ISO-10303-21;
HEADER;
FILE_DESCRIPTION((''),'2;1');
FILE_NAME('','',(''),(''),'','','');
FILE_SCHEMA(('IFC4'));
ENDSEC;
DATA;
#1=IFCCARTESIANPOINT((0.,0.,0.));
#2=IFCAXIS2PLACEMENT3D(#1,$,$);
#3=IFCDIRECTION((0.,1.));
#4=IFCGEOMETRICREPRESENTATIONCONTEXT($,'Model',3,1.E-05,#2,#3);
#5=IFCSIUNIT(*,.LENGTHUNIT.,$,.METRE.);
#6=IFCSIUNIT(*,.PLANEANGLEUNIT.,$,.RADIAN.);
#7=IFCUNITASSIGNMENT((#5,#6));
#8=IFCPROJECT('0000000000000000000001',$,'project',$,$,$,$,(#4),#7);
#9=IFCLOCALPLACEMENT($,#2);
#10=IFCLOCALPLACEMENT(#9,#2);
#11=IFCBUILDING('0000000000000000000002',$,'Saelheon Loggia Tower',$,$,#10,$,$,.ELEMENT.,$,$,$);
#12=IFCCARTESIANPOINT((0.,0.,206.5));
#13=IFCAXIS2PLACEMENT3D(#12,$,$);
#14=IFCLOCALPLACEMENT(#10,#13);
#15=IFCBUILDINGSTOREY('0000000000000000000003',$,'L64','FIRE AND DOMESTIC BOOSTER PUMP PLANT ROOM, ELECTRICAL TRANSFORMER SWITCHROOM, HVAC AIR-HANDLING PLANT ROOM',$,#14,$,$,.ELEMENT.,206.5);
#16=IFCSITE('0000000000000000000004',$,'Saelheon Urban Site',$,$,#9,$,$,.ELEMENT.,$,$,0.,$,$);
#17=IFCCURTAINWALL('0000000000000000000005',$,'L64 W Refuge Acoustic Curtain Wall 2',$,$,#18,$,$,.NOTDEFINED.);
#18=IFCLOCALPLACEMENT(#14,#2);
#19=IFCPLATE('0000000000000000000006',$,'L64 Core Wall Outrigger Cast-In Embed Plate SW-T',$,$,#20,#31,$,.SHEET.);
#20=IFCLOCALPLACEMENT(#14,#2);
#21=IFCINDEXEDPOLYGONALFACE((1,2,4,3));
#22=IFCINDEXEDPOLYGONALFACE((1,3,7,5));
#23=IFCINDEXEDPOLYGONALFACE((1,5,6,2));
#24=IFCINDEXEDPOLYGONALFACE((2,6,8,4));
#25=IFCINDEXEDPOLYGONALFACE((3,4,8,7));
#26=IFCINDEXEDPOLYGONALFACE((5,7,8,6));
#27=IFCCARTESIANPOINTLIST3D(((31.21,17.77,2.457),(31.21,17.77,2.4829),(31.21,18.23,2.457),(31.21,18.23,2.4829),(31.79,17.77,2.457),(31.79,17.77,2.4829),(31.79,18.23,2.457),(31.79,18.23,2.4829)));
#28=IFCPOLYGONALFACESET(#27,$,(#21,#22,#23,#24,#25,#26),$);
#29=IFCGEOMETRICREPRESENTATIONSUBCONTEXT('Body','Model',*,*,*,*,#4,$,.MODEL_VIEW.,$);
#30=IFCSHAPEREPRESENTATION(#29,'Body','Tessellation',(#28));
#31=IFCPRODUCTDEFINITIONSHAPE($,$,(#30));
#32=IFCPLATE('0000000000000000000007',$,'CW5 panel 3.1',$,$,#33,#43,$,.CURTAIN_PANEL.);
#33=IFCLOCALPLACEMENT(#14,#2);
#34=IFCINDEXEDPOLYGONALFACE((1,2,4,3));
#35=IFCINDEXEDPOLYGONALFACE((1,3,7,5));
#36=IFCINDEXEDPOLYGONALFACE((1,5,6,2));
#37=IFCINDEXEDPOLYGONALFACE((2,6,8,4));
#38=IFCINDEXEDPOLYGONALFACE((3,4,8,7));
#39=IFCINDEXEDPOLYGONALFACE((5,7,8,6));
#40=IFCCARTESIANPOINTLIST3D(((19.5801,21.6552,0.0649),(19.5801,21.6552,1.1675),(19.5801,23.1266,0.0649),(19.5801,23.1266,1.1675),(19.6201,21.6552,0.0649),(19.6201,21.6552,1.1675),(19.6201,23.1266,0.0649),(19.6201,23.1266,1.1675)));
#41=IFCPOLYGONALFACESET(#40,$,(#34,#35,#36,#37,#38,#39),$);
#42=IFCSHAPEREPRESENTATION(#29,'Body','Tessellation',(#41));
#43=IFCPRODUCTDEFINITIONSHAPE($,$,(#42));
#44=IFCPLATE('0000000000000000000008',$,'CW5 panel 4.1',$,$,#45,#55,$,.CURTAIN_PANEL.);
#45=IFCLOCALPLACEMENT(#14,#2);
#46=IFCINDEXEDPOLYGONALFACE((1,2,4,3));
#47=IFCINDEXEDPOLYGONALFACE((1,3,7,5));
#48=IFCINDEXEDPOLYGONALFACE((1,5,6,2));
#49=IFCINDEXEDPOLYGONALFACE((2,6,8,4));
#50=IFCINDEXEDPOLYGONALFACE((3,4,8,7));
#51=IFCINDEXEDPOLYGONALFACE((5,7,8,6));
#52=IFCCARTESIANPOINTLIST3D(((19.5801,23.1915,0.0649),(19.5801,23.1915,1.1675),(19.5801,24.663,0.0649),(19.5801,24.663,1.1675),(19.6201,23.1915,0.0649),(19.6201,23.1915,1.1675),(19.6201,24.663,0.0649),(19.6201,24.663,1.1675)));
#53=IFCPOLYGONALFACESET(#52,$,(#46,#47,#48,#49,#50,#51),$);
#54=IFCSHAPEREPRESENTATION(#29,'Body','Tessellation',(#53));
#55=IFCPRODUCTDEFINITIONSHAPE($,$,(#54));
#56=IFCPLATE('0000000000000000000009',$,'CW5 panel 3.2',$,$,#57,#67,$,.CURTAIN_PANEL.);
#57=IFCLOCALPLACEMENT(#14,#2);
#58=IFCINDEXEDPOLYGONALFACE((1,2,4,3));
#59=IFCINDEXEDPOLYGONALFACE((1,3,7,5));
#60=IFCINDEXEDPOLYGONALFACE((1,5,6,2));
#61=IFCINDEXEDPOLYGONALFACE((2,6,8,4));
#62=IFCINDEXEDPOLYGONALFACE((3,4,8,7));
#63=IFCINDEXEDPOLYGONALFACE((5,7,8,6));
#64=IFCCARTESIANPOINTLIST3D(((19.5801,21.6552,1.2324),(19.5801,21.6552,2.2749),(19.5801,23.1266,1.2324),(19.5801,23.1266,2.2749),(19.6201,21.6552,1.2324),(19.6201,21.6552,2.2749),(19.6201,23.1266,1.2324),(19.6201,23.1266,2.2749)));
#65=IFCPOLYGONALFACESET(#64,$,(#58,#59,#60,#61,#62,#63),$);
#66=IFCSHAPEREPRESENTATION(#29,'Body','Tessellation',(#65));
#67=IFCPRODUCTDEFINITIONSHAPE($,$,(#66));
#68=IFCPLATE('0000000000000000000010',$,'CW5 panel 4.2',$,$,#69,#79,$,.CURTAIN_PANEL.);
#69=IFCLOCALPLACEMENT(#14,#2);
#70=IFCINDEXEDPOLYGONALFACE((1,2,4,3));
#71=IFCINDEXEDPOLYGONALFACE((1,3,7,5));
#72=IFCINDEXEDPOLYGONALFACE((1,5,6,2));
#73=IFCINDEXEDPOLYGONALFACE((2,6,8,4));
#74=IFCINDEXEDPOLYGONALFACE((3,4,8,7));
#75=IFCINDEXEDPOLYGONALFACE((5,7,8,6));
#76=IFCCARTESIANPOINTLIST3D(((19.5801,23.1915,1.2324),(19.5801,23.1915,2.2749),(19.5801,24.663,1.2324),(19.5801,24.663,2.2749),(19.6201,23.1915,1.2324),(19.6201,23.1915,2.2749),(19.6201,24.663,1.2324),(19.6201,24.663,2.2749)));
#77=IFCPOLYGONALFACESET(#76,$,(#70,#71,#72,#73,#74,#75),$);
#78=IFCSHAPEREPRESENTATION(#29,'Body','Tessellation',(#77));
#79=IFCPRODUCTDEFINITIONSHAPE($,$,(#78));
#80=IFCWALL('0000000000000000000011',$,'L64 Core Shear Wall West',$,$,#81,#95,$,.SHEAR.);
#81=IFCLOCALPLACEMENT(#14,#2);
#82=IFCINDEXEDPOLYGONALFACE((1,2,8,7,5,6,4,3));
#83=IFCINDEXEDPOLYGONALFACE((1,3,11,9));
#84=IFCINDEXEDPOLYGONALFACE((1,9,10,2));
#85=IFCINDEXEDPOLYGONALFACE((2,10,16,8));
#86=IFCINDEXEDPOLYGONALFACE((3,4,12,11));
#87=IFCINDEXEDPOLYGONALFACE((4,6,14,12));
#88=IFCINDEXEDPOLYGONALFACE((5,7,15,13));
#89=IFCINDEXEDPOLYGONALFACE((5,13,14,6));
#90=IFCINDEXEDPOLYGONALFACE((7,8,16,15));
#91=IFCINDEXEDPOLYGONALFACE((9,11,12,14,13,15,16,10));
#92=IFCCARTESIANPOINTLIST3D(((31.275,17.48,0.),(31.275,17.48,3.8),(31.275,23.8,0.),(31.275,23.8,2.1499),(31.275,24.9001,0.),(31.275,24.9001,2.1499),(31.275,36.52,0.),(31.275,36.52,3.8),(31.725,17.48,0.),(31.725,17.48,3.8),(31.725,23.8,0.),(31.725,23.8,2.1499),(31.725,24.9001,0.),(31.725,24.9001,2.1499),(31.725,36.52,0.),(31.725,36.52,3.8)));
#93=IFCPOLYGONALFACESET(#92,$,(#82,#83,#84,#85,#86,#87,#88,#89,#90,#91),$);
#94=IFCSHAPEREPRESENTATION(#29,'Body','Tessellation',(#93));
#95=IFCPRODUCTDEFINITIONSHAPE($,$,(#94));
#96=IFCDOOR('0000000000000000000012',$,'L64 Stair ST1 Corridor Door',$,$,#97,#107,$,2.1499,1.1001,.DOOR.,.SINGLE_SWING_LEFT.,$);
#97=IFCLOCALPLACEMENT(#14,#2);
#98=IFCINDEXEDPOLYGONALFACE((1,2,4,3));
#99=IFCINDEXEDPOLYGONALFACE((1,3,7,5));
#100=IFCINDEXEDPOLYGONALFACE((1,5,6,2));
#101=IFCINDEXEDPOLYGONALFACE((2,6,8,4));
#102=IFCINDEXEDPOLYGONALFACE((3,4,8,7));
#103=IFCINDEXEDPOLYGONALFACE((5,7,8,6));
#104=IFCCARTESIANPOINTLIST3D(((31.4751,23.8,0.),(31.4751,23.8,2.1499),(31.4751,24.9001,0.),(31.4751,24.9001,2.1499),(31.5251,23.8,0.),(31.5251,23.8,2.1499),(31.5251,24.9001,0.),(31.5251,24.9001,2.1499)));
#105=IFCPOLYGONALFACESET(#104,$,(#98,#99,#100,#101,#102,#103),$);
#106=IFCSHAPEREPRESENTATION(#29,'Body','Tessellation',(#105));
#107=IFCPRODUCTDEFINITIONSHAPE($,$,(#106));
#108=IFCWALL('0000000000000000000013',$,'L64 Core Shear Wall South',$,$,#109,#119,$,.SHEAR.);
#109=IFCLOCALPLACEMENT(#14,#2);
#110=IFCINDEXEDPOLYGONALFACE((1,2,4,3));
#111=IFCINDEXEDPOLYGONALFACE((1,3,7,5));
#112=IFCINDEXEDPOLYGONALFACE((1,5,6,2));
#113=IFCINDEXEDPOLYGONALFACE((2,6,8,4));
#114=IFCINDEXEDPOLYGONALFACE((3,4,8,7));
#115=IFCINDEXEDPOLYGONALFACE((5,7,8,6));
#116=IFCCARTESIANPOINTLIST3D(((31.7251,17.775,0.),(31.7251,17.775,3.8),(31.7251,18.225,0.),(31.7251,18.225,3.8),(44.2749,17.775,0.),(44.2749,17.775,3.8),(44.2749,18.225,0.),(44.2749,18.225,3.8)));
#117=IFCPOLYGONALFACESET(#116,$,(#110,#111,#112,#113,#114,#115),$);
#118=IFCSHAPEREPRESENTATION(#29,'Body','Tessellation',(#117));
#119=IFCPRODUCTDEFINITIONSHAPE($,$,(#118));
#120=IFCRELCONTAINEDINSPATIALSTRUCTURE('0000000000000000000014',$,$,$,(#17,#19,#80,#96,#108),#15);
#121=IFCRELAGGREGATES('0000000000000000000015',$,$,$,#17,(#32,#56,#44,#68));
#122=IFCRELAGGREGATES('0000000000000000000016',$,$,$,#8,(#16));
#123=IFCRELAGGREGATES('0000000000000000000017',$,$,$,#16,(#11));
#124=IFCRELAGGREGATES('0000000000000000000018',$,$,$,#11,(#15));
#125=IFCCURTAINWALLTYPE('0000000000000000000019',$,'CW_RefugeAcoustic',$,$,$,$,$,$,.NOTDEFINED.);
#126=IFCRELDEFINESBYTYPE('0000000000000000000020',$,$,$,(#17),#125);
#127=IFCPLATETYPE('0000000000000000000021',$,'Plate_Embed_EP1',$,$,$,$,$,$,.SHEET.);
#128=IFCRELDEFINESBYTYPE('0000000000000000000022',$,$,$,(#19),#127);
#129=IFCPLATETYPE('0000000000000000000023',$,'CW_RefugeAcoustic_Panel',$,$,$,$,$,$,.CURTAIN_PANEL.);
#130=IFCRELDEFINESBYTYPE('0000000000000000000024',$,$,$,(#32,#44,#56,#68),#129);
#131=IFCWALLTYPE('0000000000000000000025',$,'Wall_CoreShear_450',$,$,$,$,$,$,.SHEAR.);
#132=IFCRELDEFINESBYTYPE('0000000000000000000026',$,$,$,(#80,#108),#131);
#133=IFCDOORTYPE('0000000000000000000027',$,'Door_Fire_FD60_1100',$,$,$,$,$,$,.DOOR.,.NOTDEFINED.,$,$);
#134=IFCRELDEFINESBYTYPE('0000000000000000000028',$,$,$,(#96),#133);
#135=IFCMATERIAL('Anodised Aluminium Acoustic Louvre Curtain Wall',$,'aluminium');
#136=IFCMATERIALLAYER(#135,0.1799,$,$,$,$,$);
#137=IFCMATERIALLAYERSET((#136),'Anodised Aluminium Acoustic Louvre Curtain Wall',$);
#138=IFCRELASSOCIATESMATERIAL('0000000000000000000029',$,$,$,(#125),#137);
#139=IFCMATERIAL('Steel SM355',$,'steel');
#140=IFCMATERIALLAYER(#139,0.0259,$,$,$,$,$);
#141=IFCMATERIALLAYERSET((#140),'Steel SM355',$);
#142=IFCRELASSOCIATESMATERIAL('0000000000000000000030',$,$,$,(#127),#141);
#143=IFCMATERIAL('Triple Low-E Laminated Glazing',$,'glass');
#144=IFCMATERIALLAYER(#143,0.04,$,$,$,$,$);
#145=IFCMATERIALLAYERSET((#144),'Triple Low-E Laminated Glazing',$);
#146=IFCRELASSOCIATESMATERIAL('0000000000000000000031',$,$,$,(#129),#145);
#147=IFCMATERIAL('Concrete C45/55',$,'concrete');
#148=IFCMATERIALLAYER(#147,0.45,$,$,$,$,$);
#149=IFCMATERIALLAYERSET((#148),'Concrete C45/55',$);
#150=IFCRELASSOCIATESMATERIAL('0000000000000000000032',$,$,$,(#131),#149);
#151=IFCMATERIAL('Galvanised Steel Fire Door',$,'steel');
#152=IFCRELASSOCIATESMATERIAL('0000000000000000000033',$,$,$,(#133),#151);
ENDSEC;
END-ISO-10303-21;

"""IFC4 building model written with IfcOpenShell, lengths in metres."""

from ifc_helpers import new_model, si_unit, direction, frame, frame_2d, origin, origin_2d, place, context, subcontext, project, spatial, rectangle, extrude, source, transform, mapped, material, layer, layer_set, type_object, element, fill, aggregate, save


model = new_model("IFC4")

# Units and contexts
model_context = context("Model", 3, precision=1e-05, world=origin(), true_north=direction((0.0, 1.0)))
body_context = subcontext(model_context, "Body", "Model", "MODEL_VIEW")
ifc_project = project(units=[si_unit("LENGTHUNIT", "METRE"), si_unit("PLANEANGLEUNIT", "RADIAN")], contexts=[model_context])

# Site, building, storey
site_placement = place(None, origin())
site = spatial("IfcSite", under=ifc_project, at=site_placement, Name="Saelheon Urban Site", CompositionType="ELEMENT", RefElevation=0.0)
building_placement = place(site_placement, origin())
building = spatial("IfcBuilding", under=site, at=building_placement, Name="Saelheon Loggia Tower", CompositionType="ELEMENT")
storey_placement = place(building_placement, frame((0.0, 0.0, 206.5)))
storey = spatial("IfcBuildingStorey", under=building, at=storey_placement, Name="L64", Description="FIRE AND DOMESTIC BOOSTER PUMP PLANT ROOM, ELECTRICAL TRANSFORMER SWITCHROOM, HVAC AIR-HANDLING PLANT ROOM", CompositionType="ELEMENT", Elevation=206.5)

# Shared definitions
ifc_material_1 = material(Name="Steel SM355", Category="steel")

# Curtain wall
ifc_material_2 = material(Name="Anodised Aluminium Acoustic Louvre Curtain Wall", Category="aluminium")
ifc_layer_1 = layer(ifc_material_2, 0.1799)
ifc_layer_set_1 = layer_set([ifc_layer_1], Name="Anodised Aluminium Acoustic Louvre Curtain Wall")
curtain_wall_type = type_object("IfcCurtainWallType", Name="CW_RefugeAcoustic", PredefinedType="NOTDEFINED", material=ifc_layer_set_1)
curtain_wall_placement = place(storey_placement, origin())
curtain_wall = element("IfcCurtainWall", 1, at=curtain_wall_placement, inside=storey, type_object=curtain_wall_type, Name="L64 W Refuge Acoustic Curtain Wall 2", PredefinedType="NOTDEFINED")

# Plate
ifc_layer_2 = layer(ifc_material_1, 0.0259)
ifc_layer_set_2 = layer_set([ifc_layer_2], Name="Steel SM355")
plate_type_1 = type_object("IfcPlateType", Name="Plate_Embed_EP1", PredefinedType="SHEET", material=ifc_layer_set_2)
shared_shape_1 = source(origin(), body_context, "Body", "SweptSolid", [
    extrude(rectangle(XDim=0.5801, YDim=0.46, at=origin_2d()), origin(), (0.0, 0.0, 1.0), 0.0259),
])
for number, where, z_axis, x_axis, name in (
    (2, (31.5, 18.0, 2.457), (0.0, 0.0, 1.0), (1.0, 0.0, 0.0), "L64 Core Wall Outrigger Cast-In Embed Plate SW-T"),
):
    element("IfcPlate", number, at=place(storey_placement, frame(where, z_axis=z_axis, x_axis=x_axis)), inside=storey, type_object=plate_type_1, Name=name, PredefinedType="SHEET", context=body_context, shape_type="MappedRepresentation", body=[
        mapped(shared_shape_1, transform((0.0, 0.0, 0.0), scale=1.0)),
    ])

# Plates
ifc_material_3 = material(Name="Triple Low-E Laminated Glazing", Category="glass")
ifc_layer_3 = layer(ifc_material_3, 0.04)
ifc_layer_set_3 = layer_set([ifc_layer_3], Name="Triple Low-E Laminated Glazing")
plate_type_2 = type_object("IfcPlateType", Name="CW_RefugeAcoustic_Panel", PredefinedType="CURTAIN_PANEL", material=ifc_layer_set_3)
shared_shape_2 = source(origin(), body_context, "Body", "SweptSolid", [
    extrude(rectangle(XDim=1.4714, YDim=0.04, at=origin_2d()), origin(), (0.0, 0.0, 1.0), 1.1025),
])
plate_1_placement = place(storey_placement, frame((19.6001, 22.3909, 0.0649), z_axis=(0.0, 0.0, 1.0), x_axis=(0.0, 1.0, 0.0)))
plate_1 = element("IfcPlate", 3, at=plate_1_placement, type_object=plate_type_2, Name="CW5 panel 3.1", PredefinedType="CURTAIN_PANEL", context=body_context, shape_type="MappedRepresentation", body=[
    mapped(shared_shape_2, transform((0.0, 0.0, 0.0), scale=1.0)),
])
plate_2_placement = place(storey_placement, frame((19.6001, 23.9272, 0.0649), z_axis=(0.0, 0.0, 1.0), x_axis=(0.0, 1.0, 0.0)))
plate_2 = element("IfcPlate", 4, at=plate_2_placement, type_object=plate_type_2, Name="CW5 panel 4.1", PredefinedType="CURTAIN_PANEL", context=body_context, shape_type="MappedRepresentation", body=[
    mapped(shared_shape_2, transform((0.0, 0.0, 0.0), scale=1.0)),
])
shared_shape_3 = source(origin(), body_context, "Body", "SweptSolid", [
    extrude(rectangle(XDim=1.4714, YDim=0.04, at=origin_2d()), origin(), (0.0, 0.0, 1.0), 1.0425),
])
plate_3_placement = place(storey_placement, frame((19.6001, 22.3909, 1.2324), z_axis=(0.0, 0.0, 1.0), x_axis=(0.0, 1.0, 0.0)))
plate_3 = element("IfcPlate", 5, at=plate_3_placement, type_object=plate_type_2, Name="CW5 panel 3.2", PredefinedType="CURTAIN_PANEL", context=body_context, shape_type="MappedRepresentation", body=[
    mapped(shared_shape_3, transform((0.0, 0.0, 0.0), scale=1.0)),
])
plate_4_placement = place(storey_placement, frame((19.6001, 23.9272, 1.2324), z_axis=(0.0, 0.0, 1.0), x_axis=(0.0, 1.0, 0.0)))
plate_4 = element("IfcPlate", 6, at=plate_4_placement, type_object=plate_type_2, Name="CW5 panel 4.2", PredefinedType="CURTAIN_PANEL", context=body_context, shape_type="MappedRepresentation", body=[
    mapped(shared_shape_3, transform((0.0, 0.0, 0.0), scale=1.0)),
])
aggregate(curtain_wall, [plate_1, plate_3, plate_2, plate_4])

# Wall, opening, door
ifc_material_4 = material(Name="Concrete C45/55", Category="concrete")
ifc_layer_4 = layer(ifc_material_4, 0.45)
ifc_layer_set_4 = layer_set([ifc_layer_4], Name="Concrete C45/55")
wall_type = type_object("IfcWallType", Name="Wall_CoreShear_450", PredefinedType="SHEAR", material=ifc_layer_set_4)
wall_1_placement = place(storey_placement, frame((31.5, 17.48, 0.0), z_axis=(0.0, 0.0, 1.0), x_axis=(0.0, 1.0, 0.0)))
wall_1 = element("IfcWall", 7, at=wall_1_placement, inside=storey, type_object=wall_type, Name="L64 Core Shear Wall West", PredefinedType="SHEAR", context=body_context, shape_type="SweptSolid", body=[
    extrude(rectangle(XDim=19.04, YDim=0.45, at=frame_2d((9.52, 0.0))), origin(), (0.0, 0.0, 1.0), 3.8),
])
opening_placement = place(wall_1_placement, frame((6.3201, 0.0, 0.0)))
opening = element("IfcOpeningElement", 8, at=opening_placement, cuts=wall_1, PredefinedType="OPENING", context=body_context, shape_type="SweptSolid", body=[
    extrude(rectangle(XDim=1.1001, YDim=2.1499, at=frame_2d((0.55, 1.075))), frame((0.0, 0.2371, 0.0), z_axis=(0.0, -1.0, 0.0), x_axis=(1.0, 0.0, 0.0)), (0.0, 0.0, 1.0), 0.4739),
])
ifc_material_5 = material(Name="Galvanised Steel Fire Door", Category="steel")
door_type = type_object("IfcDoorType", Name="Door_Fire_FD60_1100", OperationType="NOTDEFINED", PredefinedType="DOOR", material=ifc_material_5)
shared_shape_4 = source(origin(), body_context, "Body", "SweptSolid", [
    extrude(rectangle(XDim=1.1001, YDim=2.1499, at=frame_2d((0.55, 1.075))), frame((0.0, 0.0249, 0.0), z_axis=(0.0, -1.0, 0.0), x_axis=(1.0, 0.0, 0.0)), (0.0, 0.0, 1.0), 0.05),
])
door_placement = place(opening_placement, origin())
door = element("IfcDoor", 9, at=door_placement, inside=storey, type_object=door_type, Name="L64 Stair ST1 Corridor Door", OperationType="SINGLE_SWING_LEFT", OverallHeight=2.1499, OverallWidth=1.1001, PredefinedType="DOOR", context=body_context, shape_type="MappedRepresentation", body=[
    mapped(shared_shape_4, transform((0.0, 0.0, 0.0), scale=1.0)),
])
fill(opening, door)

# Wall
wall_2_placement = place(storey_placement, frame((31.7251, 18.0, 0.0), z_axis=(0.0, 0.0, 1.0), x_axis=(1.0, 0.0, 0.0)))
element("IfcWall", 10, at=wall_2_placement, inside=storey, type_object=wall_type, Name="L64 Core Shear Wall South", PredefinedType="SHEAR", context=body_context, shape_type="SweptSolid", body=[
    extrude(rectangle(XDim=12.5498, YDim=0.45, at=frame_2d((6.2749, 0.0))), origin(), (0.0, 0.0, 1.0), 3.8),
])

save(model, "model.ifc")
